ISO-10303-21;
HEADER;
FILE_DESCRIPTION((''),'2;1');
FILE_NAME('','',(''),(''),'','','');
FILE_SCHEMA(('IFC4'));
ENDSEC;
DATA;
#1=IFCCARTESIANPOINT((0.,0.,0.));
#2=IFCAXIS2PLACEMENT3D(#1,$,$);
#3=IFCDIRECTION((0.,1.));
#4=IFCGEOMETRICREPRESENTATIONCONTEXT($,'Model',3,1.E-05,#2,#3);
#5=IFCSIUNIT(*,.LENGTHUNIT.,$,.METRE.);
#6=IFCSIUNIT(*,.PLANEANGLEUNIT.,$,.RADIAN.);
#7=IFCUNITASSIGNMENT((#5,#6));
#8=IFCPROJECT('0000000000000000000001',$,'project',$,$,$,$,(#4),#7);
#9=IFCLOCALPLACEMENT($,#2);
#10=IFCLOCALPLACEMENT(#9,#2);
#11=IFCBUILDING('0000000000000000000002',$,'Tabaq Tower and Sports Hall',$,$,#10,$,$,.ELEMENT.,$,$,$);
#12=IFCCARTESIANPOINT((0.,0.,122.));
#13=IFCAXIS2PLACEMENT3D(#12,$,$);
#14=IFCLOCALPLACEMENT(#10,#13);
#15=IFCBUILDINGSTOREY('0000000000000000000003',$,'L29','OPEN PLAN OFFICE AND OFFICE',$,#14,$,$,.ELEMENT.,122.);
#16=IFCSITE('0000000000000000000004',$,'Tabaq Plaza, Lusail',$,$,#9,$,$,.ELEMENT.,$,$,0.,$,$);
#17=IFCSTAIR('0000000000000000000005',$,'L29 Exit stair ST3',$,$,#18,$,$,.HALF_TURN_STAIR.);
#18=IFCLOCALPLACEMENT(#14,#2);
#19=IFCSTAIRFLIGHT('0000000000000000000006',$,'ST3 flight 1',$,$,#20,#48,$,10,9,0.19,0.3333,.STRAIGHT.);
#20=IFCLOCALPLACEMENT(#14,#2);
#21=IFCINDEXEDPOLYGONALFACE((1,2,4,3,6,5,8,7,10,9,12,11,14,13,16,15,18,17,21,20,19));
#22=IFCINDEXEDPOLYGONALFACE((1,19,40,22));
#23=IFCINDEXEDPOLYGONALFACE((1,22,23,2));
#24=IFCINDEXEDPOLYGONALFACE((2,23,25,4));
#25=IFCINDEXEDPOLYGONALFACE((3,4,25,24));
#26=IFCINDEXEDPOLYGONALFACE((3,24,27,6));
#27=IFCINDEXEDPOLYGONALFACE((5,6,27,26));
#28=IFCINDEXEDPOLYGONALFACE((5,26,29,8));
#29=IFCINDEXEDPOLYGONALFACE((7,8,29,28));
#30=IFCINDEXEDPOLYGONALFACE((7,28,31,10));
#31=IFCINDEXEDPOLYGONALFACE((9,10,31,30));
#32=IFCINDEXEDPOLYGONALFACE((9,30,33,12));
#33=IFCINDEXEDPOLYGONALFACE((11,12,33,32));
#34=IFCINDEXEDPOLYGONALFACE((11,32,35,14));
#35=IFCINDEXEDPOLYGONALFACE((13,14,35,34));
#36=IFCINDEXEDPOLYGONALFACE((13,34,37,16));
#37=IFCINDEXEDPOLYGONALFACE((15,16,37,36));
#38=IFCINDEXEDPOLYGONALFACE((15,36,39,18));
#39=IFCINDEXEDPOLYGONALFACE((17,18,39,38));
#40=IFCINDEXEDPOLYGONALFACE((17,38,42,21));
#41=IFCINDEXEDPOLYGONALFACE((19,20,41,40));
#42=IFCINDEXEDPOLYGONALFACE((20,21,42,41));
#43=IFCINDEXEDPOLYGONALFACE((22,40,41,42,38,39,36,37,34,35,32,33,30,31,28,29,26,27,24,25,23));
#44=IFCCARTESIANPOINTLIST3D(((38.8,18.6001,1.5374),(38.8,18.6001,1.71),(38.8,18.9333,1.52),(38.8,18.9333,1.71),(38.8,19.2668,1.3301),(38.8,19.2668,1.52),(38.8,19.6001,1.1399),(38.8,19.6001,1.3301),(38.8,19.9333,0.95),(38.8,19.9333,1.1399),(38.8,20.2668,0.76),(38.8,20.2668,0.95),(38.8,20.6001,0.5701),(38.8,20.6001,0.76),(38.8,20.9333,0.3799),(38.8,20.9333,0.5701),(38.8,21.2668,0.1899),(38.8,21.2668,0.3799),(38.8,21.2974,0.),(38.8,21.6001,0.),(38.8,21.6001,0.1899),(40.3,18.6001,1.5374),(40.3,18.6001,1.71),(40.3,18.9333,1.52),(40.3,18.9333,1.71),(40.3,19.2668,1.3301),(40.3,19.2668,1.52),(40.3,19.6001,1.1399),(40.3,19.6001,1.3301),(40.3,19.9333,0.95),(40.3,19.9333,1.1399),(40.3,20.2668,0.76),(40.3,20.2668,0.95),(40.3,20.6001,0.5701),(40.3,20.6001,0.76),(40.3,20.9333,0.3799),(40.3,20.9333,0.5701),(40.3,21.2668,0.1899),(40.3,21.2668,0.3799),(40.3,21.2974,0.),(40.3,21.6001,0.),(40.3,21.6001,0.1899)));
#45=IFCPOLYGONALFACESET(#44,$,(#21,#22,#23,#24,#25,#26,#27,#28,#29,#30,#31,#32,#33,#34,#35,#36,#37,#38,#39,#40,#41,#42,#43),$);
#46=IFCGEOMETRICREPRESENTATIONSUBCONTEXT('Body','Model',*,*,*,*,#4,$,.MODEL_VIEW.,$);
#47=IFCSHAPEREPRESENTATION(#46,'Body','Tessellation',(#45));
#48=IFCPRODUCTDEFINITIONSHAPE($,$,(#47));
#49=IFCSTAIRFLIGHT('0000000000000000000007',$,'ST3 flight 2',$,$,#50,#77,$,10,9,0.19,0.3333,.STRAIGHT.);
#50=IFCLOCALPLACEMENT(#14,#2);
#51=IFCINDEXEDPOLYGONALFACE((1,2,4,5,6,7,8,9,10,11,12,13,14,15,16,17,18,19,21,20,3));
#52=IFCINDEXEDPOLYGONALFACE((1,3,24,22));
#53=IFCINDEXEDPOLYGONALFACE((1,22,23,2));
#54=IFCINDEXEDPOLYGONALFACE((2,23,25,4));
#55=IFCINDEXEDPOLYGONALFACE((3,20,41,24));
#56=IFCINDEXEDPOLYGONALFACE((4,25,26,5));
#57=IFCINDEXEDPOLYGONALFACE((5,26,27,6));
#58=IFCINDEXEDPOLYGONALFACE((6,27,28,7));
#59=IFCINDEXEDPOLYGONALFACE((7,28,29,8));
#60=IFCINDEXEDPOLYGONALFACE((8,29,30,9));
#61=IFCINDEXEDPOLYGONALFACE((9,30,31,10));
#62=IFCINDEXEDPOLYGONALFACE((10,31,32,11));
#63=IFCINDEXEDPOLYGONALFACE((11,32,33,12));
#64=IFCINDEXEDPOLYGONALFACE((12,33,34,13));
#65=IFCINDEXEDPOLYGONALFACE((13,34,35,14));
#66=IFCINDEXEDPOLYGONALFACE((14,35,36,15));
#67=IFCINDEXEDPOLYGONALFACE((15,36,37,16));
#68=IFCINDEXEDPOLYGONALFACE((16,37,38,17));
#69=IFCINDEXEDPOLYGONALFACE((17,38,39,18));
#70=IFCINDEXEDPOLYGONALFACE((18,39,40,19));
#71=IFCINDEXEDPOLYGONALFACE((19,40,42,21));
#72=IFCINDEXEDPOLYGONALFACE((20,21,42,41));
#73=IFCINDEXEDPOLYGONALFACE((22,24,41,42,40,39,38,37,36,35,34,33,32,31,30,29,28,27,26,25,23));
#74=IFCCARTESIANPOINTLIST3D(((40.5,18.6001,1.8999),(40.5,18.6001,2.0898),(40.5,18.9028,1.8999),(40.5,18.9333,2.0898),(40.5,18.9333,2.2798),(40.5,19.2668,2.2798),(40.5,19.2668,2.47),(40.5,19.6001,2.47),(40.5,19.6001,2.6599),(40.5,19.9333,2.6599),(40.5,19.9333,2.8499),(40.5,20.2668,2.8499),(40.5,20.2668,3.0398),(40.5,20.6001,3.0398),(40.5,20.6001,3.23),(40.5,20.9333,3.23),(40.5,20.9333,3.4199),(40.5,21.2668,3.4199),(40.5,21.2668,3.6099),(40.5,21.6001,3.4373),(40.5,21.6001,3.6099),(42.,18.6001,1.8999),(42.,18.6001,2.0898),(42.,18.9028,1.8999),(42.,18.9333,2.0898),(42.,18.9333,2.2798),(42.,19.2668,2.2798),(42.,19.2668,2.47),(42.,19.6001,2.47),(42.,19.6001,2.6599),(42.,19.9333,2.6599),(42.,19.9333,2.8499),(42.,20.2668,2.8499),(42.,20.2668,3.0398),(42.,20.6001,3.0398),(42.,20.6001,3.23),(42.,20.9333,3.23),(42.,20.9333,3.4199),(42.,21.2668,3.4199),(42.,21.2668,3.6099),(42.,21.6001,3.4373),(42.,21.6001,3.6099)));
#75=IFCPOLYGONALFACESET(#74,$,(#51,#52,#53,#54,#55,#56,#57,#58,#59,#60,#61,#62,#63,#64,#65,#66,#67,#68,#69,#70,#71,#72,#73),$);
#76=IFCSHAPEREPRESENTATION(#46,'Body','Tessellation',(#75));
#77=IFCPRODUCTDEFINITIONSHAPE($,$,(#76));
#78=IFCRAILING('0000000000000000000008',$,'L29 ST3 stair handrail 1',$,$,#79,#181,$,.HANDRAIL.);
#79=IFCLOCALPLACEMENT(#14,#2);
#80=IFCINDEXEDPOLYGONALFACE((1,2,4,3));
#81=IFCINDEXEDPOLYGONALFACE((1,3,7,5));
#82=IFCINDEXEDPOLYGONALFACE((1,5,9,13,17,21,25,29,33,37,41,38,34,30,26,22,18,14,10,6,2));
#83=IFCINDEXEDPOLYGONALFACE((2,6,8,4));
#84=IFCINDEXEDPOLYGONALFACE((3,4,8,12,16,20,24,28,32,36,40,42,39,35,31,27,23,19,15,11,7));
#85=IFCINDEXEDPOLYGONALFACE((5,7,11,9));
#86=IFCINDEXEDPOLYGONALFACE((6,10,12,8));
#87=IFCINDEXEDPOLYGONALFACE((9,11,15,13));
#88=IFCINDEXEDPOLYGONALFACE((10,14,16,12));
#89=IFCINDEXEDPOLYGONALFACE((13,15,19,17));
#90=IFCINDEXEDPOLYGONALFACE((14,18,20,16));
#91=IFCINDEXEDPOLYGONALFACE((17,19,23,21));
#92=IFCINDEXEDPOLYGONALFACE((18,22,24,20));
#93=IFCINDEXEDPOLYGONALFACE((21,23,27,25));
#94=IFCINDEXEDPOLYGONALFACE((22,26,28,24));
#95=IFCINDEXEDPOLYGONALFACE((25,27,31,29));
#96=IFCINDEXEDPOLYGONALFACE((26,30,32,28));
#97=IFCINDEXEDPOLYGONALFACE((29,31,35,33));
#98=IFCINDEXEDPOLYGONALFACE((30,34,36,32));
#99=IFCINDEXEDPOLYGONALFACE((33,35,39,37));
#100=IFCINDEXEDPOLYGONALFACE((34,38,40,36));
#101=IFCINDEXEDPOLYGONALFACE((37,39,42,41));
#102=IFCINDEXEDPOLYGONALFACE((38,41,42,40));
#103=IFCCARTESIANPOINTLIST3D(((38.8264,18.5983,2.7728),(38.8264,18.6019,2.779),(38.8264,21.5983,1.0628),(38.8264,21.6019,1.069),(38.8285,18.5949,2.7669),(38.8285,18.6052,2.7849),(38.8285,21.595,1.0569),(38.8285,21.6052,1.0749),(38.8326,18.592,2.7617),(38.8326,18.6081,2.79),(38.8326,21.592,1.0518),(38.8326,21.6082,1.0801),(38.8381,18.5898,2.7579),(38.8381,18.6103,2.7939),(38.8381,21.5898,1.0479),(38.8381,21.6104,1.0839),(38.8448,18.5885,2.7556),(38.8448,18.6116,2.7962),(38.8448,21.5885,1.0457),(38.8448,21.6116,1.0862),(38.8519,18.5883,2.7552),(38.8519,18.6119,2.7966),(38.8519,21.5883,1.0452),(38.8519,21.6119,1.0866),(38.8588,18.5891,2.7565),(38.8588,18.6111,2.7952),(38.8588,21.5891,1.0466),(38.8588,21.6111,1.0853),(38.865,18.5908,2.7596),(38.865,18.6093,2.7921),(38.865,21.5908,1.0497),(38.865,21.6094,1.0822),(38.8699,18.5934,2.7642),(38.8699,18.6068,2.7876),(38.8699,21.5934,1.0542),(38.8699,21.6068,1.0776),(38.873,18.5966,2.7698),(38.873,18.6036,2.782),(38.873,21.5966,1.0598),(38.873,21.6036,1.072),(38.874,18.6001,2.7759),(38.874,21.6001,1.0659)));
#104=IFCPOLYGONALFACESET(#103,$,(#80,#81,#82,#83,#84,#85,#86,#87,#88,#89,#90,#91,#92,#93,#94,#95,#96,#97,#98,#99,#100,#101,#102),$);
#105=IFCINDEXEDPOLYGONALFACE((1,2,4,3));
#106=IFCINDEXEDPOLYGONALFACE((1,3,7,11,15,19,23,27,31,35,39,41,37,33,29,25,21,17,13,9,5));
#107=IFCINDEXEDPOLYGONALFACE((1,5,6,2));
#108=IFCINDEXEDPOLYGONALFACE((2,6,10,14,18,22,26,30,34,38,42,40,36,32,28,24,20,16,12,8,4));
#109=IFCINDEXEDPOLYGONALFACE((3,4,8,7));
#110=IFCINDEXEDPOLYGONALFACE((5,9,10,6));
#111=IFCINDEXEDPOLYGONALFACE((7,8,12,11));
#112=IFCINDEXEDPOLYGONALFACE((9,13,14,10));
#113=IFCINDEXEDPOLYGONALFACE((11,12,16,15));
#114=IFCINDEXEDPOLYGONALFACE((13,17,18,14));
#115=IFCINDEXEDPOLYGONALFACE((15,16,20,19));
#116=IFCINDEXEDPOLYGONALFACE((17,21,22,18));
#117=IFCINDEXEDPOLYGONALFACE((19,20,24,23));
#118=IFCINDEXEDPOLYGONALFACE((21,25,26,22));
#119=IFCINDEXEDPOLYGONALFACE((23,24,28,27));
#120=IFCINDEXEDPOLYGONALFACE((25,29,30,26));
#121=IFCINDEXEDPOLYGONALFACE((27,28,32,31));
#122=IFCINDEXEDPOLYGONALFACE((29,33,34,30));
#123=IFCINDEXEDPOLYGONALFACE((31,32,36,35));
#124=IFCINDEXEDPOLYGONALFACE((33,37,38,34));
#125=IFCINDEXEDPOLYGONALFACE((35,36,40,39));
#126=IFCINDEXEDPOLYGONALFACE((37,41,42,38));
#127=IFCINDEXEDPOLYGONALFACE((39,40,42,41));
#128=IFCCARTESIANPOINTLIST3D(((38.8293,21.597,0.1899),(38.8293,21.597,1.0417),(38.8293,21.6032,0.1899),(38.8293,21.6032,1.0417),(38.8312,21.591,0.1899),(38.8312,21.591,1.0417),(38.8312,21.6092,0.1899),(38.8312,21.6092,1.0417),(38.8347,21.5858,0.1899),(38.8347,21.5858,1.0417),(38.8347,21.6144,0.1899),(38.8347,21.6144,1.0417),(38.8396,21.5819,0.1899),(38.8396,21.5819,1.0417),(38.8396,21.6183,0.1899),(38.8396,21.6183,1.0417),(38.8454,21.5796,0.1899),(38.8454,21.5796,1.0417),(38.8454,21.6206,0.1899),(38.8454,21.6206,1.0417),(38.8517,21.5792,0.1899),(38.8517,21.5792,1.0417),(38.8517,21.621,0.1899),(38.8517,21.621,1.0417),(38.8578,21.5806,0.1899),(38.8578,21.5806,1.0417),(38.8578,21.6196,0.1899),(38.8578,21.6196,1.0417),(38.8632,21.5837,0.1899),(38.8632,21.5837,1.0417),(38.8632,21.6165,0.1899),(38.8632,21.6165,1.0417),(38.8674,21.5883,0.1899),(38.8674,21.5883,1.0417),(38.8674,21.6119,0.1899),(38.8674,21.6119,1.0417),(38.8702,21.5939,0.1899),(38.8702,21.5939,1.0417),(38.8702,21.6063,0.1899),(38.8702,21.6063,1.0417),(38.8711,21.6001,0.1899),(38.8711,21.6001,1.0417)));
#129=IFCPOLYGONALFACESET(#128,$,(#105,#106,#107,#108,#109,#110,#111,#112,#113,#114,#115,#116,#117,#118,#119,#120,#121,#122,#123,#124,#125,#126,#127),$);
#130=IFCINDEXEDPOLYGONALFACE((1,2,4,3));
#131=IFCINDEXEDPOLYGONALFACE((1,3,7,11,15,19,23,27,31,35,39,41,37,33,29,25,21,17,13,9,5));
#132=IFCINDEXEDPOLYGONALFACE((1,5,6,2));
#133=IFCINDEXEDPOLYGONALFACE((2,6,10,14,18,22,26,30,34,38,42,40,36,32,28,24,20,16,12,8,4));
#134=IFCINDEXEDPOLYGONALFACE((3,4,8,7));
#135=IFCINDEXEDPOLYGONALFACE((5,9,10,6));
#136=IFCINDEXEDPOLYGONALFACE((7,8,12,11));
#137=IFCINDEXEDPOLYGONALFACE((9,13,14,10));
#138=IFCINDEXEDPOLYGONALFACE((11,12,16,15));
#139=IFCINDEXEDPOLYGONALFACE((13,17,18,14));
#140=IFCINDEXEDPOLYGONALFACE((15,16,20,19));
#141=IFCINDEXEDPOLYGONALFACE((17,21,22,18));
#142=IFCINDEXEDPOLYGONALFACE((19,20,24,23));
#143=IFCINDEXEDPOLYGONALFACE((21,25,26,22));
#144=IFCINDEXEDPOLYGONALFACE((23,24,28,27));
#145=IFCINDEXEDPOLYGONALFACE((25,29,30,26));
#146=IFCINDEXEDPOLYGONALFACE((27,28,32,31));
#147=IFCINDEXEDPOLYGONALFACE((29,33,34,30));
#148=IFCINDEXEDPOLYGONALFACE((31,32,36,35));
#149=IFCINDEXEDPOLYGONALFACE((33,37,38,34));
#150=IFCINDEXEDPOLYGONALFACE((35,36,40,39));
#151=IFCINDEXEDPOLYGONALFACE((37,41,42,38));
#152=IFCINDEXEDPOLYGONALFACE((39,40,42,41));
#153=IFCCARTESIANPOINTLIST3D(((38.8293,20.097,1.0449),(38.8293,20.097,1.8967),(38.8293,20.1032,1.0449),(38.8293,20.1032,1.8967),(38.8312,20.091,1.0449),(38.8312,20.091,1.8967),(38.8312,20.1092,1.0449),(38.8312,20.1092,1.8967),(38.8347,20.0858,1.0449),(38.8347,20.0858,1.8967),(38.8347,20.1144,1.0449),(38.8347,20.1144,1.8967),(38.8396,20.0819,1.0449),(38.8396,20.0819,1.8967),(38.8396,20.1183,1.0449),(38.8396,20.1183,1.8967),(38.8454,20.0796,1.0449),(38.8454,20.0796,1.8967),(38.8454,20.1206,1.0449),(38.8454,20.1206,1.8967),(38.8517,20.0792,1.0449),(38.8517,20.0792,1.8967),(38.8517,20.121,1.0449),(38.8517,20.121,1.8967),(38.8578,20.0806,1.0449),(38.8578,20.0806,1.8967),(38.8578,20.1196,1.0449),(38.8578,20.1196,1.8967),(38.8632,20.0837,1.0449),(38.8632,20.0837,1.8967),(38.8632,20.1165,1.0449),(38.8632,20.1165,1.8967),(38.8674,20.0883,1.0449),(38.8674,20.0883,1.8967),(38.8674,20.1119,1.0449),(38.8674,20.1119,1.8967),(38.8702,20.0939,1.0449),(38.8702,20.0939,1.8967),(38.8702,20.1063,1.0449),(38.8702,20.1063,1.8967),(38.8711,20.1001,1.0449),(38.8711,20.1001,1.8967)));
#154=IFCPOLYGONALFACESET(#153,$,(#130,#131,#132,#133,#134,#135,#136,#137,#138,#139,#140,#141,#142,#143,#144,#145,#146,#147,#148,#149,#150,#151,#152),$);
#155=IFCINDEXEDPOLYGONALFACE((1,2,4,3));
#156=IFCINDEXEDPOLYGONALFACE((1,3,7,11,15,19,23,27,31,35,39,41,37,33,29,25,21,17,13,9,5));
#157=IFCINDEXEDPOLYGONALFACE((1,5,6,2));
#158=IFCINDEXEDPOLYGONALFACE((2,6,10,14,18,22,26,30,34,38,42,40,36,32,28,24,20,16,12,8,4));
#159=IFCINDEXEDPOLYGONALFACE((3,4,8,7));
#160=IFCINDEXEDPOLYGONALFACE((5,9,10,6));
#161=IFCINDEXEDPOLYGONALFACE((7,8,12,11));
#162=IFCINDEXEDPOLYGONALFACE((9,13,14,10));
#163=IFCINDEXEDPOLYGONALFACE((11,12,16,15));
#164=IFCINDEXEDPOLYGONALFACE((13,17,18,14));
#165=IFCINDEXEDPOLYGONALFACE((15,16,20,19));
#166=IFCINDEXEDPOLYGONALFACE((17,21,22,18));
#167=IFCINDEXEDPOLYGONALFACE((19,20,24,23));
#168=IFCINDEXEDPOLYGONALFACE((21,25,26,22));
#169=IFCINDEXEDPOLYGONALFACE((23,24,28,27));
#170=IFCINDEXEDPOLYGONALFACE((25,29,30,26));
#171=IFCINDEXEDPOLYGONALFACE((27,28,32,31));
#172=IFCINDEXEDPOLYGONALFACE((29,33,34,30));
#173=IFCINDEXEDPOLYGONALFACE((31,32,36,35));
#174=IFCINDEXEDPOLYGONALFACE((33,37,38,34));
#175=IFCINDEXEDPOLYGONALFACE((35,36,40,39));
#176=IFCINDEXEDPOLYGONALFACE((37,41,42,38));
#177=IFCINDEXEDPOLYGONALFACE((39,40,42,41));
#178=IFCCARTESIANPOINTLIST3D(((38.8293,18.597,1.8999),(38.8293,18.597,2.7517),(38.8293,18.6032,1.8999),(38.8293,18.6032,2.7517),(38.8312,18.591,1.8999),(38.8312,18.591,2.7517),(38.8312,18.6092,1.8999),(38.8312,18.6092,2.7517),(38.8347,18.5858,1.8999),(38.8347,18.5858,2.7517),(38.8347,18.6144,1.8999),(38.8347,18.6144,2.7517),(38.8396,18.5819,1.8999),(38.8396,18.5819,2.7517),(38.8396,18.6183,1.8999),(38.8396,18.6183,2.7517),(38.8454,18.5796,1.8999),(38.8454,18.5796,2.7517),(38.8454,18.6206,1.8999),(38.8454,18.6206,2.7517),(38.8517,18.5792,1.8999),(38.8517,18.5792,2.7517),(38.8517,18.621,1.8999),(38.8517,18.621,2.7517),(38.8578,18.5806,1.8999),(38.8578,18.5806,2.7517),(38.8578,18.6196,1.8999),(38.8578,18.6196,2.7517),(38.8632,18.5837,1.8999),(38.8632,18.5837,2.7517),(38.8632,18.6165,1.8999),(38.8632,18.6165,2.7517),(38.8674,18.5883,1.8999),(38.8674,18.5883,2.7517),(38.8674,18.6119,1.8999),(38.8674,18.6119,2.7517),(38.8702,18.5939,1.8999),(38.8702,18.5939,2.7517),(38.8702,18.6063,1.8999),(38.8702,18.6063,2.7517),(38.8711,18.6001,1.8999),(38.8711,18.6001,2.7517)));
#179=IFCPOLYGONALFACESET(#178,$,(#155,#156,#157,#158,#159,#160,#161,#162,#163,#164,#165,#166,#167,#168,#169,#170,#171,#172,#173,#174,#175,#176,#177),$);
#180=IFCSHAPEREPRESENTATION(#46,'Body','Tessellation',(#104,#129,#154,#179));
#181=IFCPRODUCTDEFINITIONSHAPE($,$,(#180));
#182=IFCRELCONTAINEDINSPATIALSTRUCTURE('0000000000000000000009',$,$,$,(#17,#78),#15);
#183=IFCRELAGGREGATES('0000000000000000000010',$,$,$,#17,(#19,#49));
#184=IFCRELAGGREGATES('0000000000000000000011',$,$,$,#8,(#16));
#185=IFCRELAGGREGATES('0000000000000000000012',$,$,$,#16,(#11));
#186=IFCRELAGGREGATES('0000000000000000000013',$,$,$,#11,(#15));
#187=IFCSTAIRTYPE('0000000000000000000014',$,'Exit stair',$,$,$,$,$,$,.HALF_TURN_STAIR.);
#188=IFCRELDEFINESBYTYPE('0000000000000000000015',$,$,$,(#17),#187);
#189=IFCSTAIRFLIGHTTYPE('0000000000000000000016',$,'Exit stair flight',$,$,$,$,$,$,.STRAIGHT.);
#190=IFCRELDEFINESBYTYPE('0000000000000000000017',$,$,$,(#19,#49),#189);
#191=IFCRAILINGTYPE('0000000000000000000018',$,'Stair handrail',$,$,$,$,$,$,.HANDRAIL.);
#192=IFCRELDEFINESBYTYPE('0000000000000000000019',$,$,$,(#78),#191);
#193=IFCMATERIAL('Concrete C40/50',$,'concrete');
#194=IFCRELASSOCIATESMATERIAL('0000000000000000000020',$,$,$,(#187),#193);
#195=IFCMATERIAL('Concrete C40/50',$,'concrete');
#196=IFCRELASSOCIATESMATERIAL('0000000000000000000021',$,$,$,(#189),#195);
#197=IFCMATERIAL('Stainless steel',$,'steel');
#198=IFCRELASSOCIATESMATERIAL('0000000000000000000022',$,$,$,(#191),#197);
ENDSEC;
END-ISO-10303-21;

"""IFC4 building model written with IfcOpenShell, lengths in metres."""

from ifc_helpers import new_model, si_unit, direction, frame, origin, origin_2d, place, context, subcontext, project, spatial, polyline, circle, outline, extrude, material, type_object, element, aggregate, save


model = new_model("IFC4")

# Units and contexts
model_context = context("Model", 3, precision=1e-05, world=origin(), true_north=direction((0.0, 1.0)))
body_context = subcontext(model_context, "Body", "Model", "MODEL_VIEW")
ifc_project = project(units=[si_unit("LENGTHUNIT", "METRE"), si_unit("PLANEANGLEUNIT", "RADIAN")], contexts=[model_context])

# Site, building, storey
site_placement = place(None, origin())
site = spatial("IfcSite", under=ifc_project, at=site_placement, Name="Tabaq Plaza, Lusail", CompositionType="ELEMENT", RefElevation=0.0)
building_placement = place(site_placement, origin())
building = spatial("IfcBuilding", under=site, at=building_placement, Name="Tabaq Tower and Sports Hall", CompositionType="ELEMENT")
storey_placement = place(building_placement, frame((0.0, 0.0, 122.0)))
storey = spatial("IfcBuildingStorey", under=building, at=storey_placement, Name="L29", Description="OPEN PLAN OFFICE AND OFFICE", CompositionType="ELEMENT", Elevation=122.0)

# Stair, stair flights
ifc_material_1 = material(Name="Concrete C40/50", Category="concrete")
stair_type = type_object("IfcStairType", Name="Exit stair", PredefinedType="HALF_TURN_STAIR", material=ifc_material_1)
stair_placement = place(storey_placement, origin())
stair = element("IfcStair", 1, at=stair_placement, inside=storey, type_object=stair_type, Name="L29 Exit stair ST3", PredefinedType="HALF_TURN_STAIR")
ifc_material_2 = material(Name="Concrete C40/50", Category="concrete")
stair_flight_type = type_object("IfcStairFlightType", Name="Exit stair flight", PredefinedType="STRAIGHT", material=ifc_material_2)
stair_flight_1_placement = place(storey_placement, frame((39.55, 21.6001, 0.0), z_axis=(0.0, 0.0, 1.0), x_axis=(0.0, -1.0, 0.0)))
stair_flight_1 = element("IfcStairFlight", 2, at=stair_flight_1_placement, type_object=stair_flight_type, Name="ST3 flight 1", NumberOfRisers=10, NumberOfTreads=9, PredefinedType="STRAIGHT", RiserHeight=0.19, TreadLength=0.3333, context=body_context, shape_type="SweptSolid", body=[
    extrude(outline(polyline([(0.0, 0.0), (0.0, 0.1899), (0.3333, 0.1899), (0.3333, 0.3799), (0.6667, 0.3799), (0.6667, 0.5701), (1.0, 0.5701), (1.0, 0.76), (1.3333, 0.76), (1.3333, 0.95), (1.6667, 0.95), (1.6667, 1.1399), (2.0, 1.1399), (2.0, 1.3301), (2.3333, 1.3301), (2.3333, 1.52), (2.6667, 1.52), (2.6667, 1.71), (3.0, 1.71), (3.0, 1.8999), (3.0, 1.5374), (0.3027, 0.0), (0.0, 0.0)])), frame((0.0, 0.75, 0.0), z_axis=(0.0, -1.0, 0.0), x_axis=(1.0, 0.0, 0.0)), (0.0, 0.0, 1.0), 1.5),
])
stair_flight_2_placement = place(storey_placement, frame((41.25, 18.6001, 1.8999), z_axis=(0.0, 0.0, 1.0), x_axis=(0.0, 1.0, 0.0)))
stair_flight_2 = element("IfcStairFlight", 3, at=stair_flight_2_placement, type_object=stair_flight_type, Name="ST3 flight 2", NumberOfRisers=10, NumberOfTreads=9, PredefinedType="STRAIGHT", RiserHeight=0.19, TreadLength=0.3333, context=body_context, shape_type="SweptSolid", body=[
    extrude(outline(polyline([(0.0, 0.0), (0.0, 0.1899), (0.3333, 0.1899), (0.3333, 0.3799), (0.6667, 0.3799), (0.6667, 0.5701), (1.0, 0.5701), (1.0, 0.76), (1.3333, 0.76), (1.3333, 0.95), (1.6667, 0.95), (1.6667, 1.1399), (2.0, 1.1399), (2.0, 1.3301), (2.3333, 1.3301), (2.3333, 1.52), (2.6667, 1.52), (2.6667, 1.71), (3.0, 1.71), (3.0, 1.8999), (3.0, 1.5374), (0.3027, 0.0), (0.0, 0.0)])), frame((0.0, 0.75, 0.0), z_axis=(0.0, -1.0, 0.0), x_axis=(1.0, 0.0, 0.0)), (0.0, 0.0, 1.0), 1.5),
])
aggregate(stair, [stair_flight_1, stair_flight_2])

# Railing
ifc_material_3 = material(Name="Stainless steel", Category="steel")
railing_type_1 = type_object("IfcRailingType", Name="Stair handrail", PredefinedType="HANDRAIL", material=ifc_material_3)
railing_1_placement = place(storey_placement, frame((38.8501, 21.6001, 0.1899)))
element("IfcRailing", 4, at=railing_1_placement, inside=storey, type_object=railing_type_1, Name="L29 ST3 stair handrail 1", PredefinedType="HANDRAIL", context=body_context, shape_type="SweptSolid", body=[
    extrude(circle(Radius=0.0239, at=origin_2d()), frame((0.0, 0.0, 0.876), z_axis=(0.0, -0.868782, 0.495195), x_axis=(1.0, 0.0, 0.0)), (0.0, 0.0, 1.0), 3.4531),
    extrude(circle(Radius=0.021, at=origin_2d()), origin(), (0.0, 0.0, 1.0), 0.8518),
    extrude(circle(Radius=0.021, at=origin_2d()), frame((0.0, -1.5, 0.855)), (0.0, 0.0, 1.0), 0.8518),
    extrude(circle(Radius=0.021, at=origin_2d()), frame((0.0, -3.0, 1.71)), (0.0, 0.0, 1.0), 0.8518),
])

save(model, "model.ifc")
